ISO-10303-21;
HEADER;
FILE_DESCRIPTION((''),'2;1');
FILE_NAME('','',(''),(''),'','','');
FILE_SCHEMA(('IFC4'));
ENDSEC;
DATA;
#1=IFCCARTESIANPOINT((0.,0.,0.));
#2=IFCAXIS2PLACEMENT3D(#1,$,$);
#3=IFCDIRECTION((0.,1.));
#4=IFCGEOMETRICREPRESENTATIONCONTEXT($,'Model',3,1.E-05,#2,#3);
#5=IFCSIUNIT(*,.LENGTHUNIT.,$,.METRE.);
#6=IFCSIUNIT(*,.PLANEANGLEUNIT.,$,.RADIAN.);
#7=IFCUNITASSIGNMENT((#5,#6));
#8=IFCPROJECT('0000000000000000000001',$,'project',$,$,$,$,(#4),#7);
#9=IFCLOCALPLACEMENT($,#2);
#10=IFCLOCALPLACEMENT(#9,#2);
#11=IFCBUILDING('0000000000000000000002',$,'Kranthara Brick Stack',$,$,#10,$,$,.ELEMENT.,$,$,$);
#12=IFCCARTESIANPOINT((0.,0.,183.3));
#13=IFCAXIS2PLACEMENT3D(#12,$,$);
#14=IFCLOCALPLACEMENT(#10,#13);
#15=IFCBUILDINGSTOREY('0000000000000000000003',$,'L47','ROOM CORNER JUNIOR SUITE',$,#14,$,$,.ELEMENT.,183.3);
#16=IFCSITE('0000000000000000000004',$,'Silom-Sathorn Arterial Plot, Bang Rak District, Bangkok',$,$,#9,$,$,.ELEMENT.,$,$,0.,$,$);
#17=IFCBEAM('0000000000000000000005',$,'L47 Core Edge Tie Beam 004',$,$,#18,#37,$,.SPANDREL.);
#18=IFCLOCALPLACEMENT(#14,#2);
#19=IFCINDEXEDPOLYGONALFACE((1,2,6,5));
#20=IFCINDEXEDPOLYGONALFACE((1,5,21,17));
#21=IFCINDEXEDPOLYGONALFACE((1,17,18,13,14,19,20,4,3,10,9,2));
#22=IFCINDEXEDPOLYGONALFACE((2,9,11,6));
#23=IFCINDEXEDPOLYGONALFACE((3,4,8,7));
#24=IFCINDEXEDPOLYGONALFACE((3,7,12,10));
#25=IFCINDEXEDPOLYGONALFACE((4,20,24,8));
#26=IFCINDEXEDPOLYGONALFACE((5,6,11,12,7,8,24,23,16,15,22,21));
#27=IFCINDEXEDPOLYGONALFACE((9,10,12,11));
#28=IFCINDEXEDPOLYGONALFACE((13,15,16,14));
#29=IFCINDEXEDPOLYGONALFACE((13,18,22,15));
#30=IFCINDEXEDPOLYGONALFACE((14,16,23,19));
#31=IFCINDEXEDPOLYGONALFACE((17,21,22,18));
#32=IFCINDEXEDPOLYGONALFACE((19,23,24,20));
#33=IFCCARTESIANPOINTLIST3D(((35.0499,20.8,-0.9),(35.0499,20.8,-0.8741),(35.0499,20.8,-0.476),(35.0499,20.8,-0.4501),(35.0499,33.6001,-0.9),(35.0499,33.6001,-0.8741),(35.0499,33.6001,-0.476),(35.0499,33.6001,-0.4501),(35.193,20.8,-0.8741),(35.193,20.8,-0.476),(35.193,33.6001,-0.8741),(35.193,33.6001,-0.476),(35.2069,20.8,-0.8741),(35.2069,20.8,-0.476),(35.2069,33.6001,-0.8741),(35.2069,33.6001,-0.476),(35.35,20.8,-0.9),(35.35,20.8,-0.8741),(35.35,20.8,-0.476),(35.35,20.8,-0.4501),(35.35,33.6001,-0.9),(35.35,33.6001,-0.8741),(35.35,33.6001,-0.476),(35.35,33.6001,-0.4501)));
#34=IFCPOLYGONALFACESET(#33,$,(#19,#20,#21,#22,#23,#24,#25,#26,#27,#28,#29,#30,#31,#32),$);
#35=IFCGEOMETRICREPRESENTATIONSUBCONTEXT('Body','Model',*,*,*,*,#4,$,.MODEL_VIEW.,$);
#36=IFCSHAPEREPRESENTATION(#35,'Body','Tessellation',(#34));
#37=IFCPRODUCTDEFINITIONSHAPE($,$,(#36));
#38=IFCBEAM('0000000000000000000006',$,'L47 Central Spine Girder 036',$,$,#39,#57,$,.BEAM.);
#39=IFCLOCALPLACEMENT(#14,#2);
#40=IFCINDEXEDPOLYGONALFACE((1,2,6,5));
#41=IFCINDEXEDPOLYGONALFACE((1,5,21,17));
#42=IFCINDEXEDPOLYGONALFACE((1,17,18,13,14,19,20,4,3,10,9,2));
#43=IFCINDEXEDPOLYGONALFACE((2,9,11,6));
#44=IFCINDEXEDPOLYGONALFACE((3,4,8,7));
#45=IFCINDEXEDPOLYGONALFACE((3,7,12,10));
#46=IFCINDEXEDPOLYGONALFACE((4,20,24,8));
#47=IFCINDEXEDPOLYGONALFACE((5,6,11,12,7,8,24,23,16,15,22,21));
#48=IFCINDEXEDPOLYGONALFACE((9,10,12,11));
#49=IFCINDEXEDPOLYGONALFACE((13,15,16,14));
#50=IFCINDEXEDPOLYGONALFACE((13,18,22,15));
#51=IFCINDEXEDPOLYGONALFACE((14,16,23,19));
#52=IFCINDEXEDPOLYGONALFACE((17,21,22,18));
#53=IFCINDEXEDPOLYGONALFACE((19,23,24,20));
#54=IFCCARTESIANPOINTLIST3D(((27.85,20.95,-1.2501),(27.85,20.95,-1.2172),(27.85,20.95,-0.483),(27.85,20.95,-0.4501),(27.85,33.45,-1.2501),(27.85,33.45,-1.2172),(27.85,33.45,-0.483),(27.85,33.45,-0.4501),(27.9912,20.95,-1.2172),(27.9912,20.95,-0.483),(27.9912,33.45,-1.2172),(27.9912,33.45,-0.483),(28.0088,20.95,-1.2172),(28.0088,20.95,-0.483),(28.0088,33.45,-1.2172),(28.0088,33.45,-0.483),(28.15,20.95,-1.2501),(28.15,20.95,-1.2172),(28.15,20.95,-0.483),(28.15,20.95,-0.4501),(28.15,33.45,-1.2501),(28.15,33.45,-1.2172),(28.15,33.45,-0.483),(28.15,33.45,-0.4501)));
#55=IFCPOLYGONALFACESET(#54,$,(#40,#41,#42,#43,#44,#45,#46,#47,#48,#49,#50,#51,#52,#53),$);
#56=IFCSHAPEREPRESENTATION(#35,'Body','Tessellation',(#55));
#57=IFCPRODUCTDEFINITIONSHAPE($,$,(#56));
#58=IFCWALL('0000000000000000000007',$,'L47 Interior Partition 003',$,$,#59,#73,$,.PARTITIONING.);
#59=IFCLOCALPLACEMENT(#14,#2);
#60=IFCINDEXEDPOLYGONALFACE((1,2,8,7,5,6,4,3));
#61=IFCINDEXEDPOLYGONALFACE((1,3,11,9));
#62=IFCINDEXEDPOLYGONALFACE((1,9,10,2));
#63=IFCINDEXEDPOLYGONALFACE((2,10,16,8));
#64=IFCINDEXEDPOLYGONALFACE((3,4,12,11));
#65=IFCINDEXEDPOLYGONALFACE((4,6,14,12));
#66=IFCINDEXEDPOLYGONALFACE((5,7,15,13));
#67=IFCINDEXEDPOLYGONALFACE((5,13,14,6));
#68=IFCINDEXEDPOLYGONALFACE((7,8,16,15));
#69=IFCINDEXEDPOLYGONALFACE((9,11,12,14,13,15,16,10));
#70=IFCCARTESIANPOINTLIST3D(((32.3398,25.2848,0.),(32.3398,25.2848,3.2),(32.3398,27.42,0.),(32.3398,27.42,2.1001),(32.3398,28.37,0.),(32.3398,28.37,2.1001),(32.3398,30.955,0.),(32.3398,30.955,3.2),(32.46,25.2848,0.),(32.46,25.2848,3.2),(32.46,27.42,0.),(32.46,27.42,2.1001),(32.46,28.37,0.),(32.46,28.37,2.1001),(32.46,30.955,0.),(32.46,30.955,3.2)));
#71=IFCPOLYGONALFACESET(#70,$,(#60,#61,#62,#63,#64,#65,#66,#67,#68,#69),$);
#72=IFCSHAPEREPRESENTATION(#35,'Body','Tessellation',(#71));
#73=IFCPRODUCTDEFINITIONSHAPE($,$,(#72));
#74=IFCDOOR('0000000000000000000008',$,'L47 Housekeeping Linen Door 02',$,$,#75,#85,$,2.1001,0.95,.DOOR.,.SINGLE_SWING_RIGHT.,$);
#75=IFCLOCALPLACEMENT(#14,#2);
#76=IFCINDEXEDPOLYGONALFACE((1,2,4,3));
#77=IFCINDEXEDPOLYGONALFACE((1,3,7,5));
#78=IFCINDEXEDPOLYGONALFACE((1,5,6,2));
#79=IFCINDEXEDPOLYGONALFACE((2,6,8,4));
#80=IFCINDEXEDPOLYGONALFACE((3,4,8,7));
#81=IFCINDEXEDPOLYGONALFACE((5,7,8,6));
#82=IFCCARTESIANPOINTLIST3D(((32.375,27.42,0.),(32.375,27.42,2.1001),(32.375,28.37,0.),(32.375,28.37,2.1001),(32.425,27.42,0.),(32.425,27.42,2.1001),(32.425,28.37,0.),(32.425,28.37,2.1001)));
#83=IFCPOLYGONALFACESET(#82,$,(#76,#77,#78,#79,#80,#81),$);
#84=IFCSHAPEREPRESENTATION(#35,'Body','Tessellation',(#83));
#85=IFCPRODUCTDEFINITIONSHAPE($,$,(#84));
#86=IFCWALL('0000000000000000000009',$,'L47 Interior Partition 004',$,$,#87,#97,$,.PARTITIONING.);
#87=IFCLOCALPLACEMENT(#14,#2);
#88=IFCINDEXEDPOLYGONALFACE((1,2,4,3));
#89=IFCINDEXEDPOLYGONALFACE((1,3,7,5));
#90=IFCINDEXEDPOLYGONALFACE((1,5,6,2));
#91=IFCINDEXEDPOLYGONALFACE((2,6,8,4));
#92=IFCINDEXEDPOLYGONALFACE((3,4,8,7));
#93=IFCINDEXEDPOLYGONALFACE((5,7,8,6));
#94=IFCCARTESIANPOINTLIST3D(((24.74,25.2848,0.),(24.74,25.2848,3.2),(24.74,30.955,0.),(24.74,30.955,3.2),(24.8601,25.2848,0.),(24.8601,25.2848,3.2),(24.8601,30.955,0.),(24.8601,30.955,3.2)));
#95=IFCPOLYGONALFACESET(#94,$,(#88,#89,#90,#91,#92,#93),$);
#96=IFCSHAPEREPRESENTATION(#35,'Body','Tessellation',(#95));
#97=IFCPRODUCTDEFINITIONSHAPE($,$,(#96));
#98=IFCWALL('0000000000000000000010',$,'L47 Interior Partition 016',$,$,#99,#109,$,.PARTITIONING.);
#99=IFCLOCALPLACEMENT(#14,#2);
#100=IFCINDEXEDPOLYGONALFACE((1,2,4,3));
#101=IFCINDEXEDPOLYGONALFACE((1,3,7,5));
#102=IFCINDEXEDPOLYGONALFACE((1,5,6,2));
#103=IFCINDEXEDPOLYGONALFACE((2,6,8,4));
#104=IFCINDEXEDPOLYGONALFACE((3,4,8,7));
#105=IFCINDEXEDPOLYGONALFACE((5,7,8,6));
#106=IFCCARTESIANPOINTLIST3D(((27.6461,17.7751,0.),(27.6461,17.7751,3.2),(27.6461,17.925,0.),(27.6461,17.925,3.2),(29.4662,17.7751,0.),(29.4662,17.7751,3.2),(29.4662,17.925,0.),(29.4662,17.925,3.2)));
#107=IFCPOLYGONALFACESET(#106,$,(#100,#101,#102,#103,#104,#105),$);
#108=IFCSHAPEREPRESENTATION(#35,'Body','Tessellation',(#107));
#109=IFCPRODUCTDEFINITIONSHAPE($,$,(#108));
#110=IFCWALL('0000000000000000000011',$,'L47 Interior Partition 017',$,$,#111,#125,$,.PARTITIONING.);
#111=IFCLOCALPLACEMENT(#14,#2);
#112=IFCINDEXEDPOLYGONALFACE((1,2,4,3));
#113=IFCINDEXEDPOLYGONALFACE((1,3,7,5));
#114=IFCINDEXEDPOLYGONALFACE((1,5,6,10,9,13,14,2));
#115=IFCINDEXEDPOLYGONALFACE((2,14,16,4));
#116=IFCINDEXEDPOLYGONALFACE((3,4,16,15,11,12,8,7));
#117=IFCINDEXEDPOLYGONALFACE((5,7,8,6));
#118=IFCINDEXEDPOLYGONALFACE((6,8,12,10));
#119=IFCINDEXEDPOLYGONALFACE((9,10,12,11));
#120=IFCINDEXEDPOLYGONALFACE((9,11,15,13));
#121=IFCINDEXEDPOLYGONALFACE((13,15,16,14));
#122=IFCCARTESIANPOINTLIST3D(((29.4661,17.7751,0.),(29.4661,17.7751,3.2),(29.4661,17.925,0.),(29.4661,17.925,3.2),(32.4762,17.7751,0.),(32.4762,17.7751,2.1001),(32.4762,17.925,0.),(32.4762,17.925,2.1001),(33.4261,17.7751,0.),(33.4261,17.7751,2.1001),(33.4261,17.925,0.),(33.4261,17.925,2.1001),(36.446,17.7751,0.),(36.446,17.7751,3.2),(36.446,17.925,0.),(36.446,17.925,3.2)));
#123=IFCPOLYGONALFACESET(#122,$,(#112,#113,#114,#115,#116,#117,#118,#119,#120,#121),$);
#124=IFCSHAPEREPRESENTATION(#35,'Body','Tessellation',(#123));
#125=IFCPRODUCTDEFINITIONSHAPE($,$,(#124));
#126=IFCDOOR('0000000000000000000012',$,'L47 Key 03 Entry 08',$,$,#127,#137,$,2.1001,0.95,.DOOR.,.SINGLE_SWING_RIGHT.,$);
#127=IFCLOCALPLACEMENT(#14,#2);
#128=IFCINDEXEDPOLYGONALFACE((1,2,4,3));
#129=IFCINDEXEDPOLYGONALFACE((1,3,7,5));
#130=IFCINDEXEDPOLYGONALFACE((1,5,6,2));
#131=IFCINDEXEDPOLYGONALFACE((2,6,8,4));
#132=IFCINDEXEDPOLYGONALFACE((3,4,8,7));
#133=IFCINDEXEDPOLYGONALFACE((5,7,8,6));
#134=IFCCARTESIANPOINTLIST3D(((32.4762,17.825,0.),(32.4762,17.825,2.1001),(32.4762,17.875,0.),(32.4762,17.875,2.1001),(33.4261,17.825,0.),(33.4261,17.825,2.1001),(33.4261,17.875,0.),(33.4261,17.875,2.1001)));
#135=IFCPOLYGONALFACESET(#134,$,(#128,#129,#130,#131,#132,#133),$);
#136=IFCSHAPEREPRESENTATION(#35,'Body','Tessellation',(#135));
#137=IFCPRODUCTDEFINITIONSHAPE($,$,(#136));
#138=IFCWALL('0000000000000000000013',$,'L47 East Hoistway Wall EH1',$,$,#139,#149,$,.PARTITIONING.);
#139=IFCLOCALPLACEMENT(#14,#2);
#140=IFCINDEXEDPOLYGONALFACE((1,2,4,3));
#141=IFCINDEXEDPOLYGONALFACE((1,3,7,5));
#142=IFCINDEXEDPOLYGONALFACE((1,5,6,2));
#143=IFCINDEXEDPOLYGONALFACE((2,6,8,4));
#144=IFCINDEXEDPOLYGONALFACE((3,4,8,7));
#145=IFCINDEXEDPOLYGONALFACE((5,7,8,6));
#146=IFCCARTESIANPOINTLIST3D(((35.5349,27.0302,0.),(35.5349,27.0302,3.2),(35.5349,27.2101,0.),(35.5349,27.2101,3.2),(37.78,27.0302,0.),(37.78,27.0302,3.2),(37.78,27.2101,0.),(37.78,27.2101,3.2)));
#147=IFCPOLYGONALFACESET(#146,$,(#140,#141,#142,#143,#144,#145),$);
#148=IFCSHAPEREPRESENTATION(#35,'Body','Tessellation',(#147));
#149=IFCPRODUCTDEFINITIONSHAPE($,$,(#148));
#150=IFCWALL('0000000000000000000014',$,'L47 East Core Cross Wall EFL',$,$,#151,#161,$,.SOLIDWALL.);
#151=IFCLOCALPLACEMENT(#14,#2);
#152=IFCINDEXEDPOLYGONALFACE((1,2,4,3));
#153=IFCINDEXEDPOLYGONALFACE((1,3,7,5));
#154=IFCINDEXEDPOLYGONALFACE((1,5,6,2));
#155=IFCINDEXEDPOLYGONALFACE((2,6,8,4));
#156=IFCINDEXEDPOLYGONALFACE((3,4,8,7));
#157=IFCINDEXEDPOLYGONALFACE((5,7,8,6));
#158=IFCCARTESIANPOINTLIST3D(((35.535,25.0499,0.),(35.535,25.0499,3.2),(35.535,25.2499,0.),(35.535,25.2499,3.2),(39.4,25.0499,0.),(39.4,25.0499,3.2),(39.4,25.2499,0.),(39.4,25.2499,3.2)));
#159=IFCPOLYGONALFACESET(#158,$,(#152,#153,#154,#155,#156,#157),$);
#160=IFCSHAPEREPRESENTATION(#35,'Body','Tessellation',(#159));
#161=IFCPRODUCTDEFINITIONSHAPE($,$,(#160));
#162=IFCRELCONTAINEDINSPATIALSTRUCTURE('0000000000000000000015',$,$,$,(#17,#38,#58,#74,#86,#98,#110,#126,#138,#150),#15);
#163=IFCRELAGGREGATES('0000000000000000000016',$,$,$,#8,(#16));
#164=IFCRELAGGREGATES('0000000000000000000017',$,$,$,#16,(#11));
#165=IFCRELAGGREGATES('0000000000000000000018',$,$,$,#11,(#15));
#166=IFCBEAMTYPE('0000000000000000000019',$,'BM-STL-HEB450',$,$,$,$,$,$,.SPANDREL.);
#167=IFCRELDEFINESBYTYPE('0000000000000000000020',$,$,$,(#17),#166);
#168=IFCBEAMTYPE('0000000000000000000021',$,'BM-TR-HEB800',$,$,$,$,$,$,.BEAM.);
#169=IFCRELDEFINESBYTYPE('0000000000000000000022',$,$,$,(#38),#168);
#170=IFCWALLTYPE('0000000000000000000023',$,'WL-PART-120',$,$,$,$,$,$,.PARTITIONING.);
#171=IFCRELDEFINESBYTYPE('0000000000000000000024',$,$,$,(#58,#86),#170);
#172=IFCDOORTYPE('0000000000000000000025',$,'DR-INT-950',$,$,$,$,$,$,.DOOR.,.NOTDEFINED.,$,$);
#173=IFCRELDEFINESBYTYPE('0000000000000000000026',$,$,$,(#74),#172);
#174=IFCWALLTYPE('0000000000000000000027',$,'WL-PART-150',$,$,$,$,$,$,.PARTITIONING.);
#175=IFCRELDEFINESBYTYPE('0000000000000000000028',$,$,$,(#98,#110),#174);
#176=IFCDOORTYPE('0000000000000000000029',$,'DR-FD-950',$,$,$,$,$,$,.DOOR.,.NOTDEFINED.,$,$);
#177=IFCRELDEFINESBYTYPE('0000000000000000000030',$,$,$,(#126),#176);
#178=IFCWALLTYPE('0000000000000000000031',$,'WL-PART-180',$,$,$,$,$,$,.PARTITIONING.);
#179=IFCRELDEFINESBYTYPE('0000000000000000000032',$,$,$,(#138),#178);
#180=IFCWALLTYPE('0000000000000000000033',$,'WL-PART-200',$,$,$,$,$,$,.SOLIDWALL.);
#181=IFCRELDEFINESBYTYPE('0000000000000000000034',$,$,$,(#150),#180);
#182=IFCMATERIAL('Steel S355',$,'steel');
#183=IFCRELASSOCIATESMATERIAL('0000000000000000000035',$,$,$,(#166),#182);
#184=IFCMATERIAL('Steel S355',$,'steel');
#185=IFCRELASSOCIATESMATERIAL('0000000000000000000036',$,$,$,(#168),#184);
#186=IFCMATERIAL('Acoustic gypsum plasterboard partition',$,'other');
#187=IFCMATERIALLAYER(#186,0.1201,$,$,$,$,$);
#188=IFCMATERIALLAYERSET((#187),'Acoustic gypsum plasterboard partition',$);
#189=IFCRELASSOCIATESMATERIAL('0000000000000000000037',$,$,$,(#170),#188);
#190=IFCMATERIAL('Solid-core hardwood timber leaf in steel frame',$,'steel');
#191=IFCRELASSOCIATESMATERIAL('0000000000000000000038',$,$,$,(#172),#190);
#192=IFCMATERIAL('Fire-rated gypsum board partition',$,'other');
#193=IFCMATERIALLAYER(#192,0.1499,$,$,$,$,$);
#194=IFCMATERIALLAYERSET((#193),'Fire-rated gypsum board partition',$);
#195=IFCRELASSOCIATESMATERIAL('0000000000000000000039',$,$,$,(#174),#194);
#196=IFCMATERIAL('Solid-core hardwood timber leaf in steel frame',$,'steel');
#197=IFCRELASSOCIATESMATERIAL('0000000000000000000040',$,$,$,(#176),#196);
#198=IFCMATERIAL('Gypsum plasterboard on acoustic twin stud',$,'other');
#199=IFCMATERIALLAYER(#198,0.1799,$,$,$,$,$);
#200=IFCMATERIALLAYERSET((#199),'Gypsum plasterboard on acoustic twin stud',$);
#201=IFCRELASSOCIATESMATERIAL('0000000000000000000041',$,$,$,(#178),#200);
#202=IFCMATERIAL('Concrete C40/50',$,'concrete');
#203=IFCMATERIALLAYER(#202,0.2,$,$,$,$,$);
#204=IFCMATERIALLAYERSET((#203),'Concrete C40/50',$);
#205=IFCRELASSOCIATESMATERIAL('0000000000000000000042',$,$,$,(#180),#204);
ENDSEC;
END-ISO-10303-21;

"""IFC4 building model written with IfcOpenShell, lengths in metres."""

from ifc_helpers import new_model, si_unit, direction, frame, frame_2d, origin, origin_2d, place, context, subcontext, project, spatial, rectangle, i_section, extrude, material, layer, layer_set, material_profile, profile_set, type_object, element, fill, save


model = new_model("IFC4")

# Units and contexts
model_context = context("Model", 3, precision=1e-05, world=origin(), true_north=direction((0.0, 1.0)))
body_context = subcontext(model_context, "Body", "Model", "MODEL_VIEW")
ifc_project = project(units=[si_unit("LENGTHUNIT", "METRE"), si_unit("PLANEANGLEUNIT", "RADIAN")], contexts=[model_context])

# Site, building, storey
site_placement = place(None, origin())
site = spatial("IfcSite", under=ifc_project, at=site_placement, Name="Silom-Sathorn Arterial Plot, Bang Rak District, Bangkok", CompositionType="ELEMENT", RefElevation=0.0)
building_placement = place(site_placement, origin())
building = spatial("IfcBuilding", under=site, at=building_placement, Name="Kranthara Brick Stack", CompositionType="ELEMENT")
storey_placement = place(building_placement, frame((0.0, 0.0, 183.3)))
storey = spatial("IfcBuildingStorey", under=building, at=storey_placement, Name="L47", Description="ROOM CORNER JUNIOR SUITE", CompositionType="ELEMENT", Elevation=183.3)

# Beams
ifc_material_1 = material(Name="Steel S355", Category="steel")
ifc_material_profile_1 = material_profile(ifc_material_1, i_section(OverallWidth=0.3, OverallDepth=0.45, WebThickness=0.0139, FlangeThickness=0.0259, at=origin_2d()), Name="HEB 450")
ifc_profile_set_1 = profile_set([ifc_material_profile_1], Name="Steel S355")
beam_type_1 = type_object("IfcBeamType", Name="BM-STL-HEB450", PredefinedType="SPANDREL", material=ifc_profile_set_1)
beam_1_placement = place(storey_placement, frame((35.2, 20.8, -0.675), z_axis=(0.0, 1.0, 0.0), x_axis=(-1.0, 0.0, 0.0)))
element("IfcBeam", 1, at=beam_1_placement, inside=storey, type_object=beam_type_1, Name="L47 Core Edge Tie Beam 004", PredefinedType="SPANDREL", context=body_context, shape_type="SweptSolid", body=[
    extrude(i_section(OverallWidth=0.3, OverallDepth=0.45, WebThickness=0.0139, FlangeThickness=0.0259, at=origin_2d()), origin(), (0.0, 0.0, 1.0), 12.8),
])
ifc_material_2 = material(Name="Steel S355", Category="steel")
ifc_material_profile_2 = material_profile(ifc_material_2, i_section(OverallWidth=0.3, OverallDepth=0.8, WebThickness=0.0176, FlangeThickness=0.033, at=origin_2d()), Name="HEB 800")
ifc_profile_set_2 = profile_set([ifc_material_profile_2], Name="Steel S355")
beam_type_2 = type_object("IfcBeamType", Name="BM-TR-HEB800", PredefinedType="BEAM", material=ifc_profile_set_2)
beam_2_placement = place(storey_placement, frame((28.0, 20.95, -0.8501), z_axis=(0.0, 1.0, 0.0), x_axis=(-1.0, 0.0, 0.0)))
element("IfcBeam", 2, at=beam_2_placement, inside=storey, type_object=beam_type_2, Name="L47 Central Spine Girder 036", PredefinedType="BEAM", context=body_context, shape_type="SweptSolid", body=[
    extrude(i_section(OverallWidth=0.3, OverallDepth=0.8, WebThickness=0.0176, FlangeThickness=0.033, at=origin_2d()), origin(), (0.0, 0.0, 1.0), 12.5),
])

# Wall, opening, door
ifc_material_3 = material(Name="Acoustic gypsum plasterboard partition", Category="other")
ifc_layer_1 = layer(ifc_material_3, 0.1201)
ifc_layer_set_1 = layer_set([ifc_layer_1], Name="Acoustic gypsum plasterboard partition")
wall_type_1 = type_object("IfcWallType", Name="WL-PART-120", PredefinedType="PARTITIONING", material=ifc_layer_set_1)
wall_1_placement = place(storey_placement, frame((32.3999, 25.2849, 0.0), z_axis=(0.0, 0.0, 1.0), x_axis=(0.0, 1.0, 0.0)))
wall_1 = element("IfcWall", 3, at=wall_1_placement, inside=storey, type_object=wall_type_1, Name="L47 Interior Partition 003", PredefinedType="PARTITIONING", context=body_context, shape_type="SweptSolid", body=[
    extrude(rectangle(XDim=5.6702, YDim=0.1201, at=frame_2d((2.835, 0.0))), origin(), (0.0, 0.0, 1.0), 3.2),
])
opening_1_placement = place(wall_1_placement, frame((2.135, 0.0, 0.0)))
opening_1 = element("IfcOpeningElement", 4, at=opening_1_placement, cuts=wall_1, PredefinedType="OPENING", context=body_context, shape_type="SweptSolid", body=[
    extrude(rectangle(XDim=0.95, YDim=2.1001, at=frame_2d((0.4751, 1.05))), frame((0.0, 0.0701, 0.0), z_axis=(0.0, -1.0, 0.0), x_axis=(1.0, 0.0, 0.0)), (0.0, 0.0, 1.0), 0.1401),
])
ifc_material_4 = material(Name="Solid-core hardwood timber leaf in steel frame", Category="steel")
door_type_1 = type_object("IfcDoorType", Name="DR-INT-950", OperationType="NOTDEFINED", PredefinedType="DOOR", material=ifc_material_4)
door_1_placement = place(opening_1_placement, origin())
door_1 = element("IfcDoor", 5, at=door_1_placement, inside=storey, type_object=door_type_1, Name="L47 Housekeeping Linen Door 02", OperationType="SINGLE_SWING_RIGHT", OverallHeight=2.1001, OverallWidth=0.95, PredefinedType="DOOR", context=body_context, shape_type="SweptSolid", body=[
    extrude(rectangle(XDim=0.95, YDim=2.1001, at=frame_2d((0.4751, 1.05))), frame((0.0, 0.0249, 0.0), z_axis=(0.0, -1.0, 0.0), x_axis=(1.0, 0.0, 0.0)), (0.0, 0.0, 1.0), 0.05),
])
fill(opening_1, door_1)

# Walls
wall_2_placement = place(storey_placement, frame((24.8, 25.2849, 0.0), z_axis=(0.0, 0.0, 1.0), x_axis=(0.0, 1.0, 0.0)))
element("IfcWall", 6, at=wall_2_placement, inside=storey, type_object=wall_type_1, Name="L47 Interior Partition 004", PredefinedType="PARTITIONING", context=body_context, shape_type="SweptSolid", body=[
    extrude(rectangle(XDim=5.6702, YDim=0.1201, at=frame_2d((2.835, 0.0))), origin(), (0.0, 0.0, 1.0), 3.2),
])
ifc_material_5 = material(Name="Fire-rated gypsum board partition", Category="other")
ifc_layer_2 = layer(ifc_material_5, 0.1499)
ifc_layer_set_2 = layer_set([ifc_layer_2], Name="Fire-rated gypsum board partition")
wall_type_2 = type_object("IfcWallType", Name="WL-PART-150", PredefinedType="PARTITIONING", material=ifc_layer_set_2)
wall_3_placement = place(storey_placement, frame((27.646, 17.8501, 0.0), z_axis=(0.0, 0.0, 1.0), x_axis=(1.0, 0.0, 0.0)))
element("IfcWall", 7, at=wall_3_placement, inside=storey, type_object=wall_type_2, Name="L47 Interior Partition 016", PredefinedType="PARTITIONING", context=body_context, shape_type="SweptSolid", body=[
    extrude(rectangle(XDim=1.8201, YDim=0.1499, at=frame_2d((0.9102, 0.0))), origin(), (0.0, 0.0, 1.0), 3.2),
])

# Wall, opening, door
wall_4_placement = place(storey_placement, frame((29.4661, 17.8501, 0.0), z_axis=(0.0, 0.0, 1.0), x_axis=(1.0, 0.0, 0.0)))
wall_4 = element("IfcWall", 8, at=wall_4_placement, inside=storey, type_object=wall_type_2, Name="L47 Interior Partition 017", PredefinedType="PARTITIONING", context=body_context, shape_type="SweptSolid", body=[
    extrude(rectangle(XDim=6.98, YDim=0.1499, at=frame_2d((3.49, 0.0))), origin(), (0.0, 0.0, 1.0), 3.2),
])
opening_2_placement = place(wall_4_placement, frame((3.01, 0.0, 0.0)))
opening_2 = element("IfcOpeningElement", 9, at=opening_2_placement, cuts=wall_4, PredefinedType="OPENING", context=body_context, shape_type="SweptSolid", body=[
    extrude(rectangle(XDim=0.95, YDim=2.1001, at=frame_2d((0.4751, 1.05))), frame((0.0, 0.085, 0.0), z_axis=(0.0, -1.0, 0.0), x_axis=(1.0, 0.0, 0.0)), (0.0, 0.0, 1.0), 0.1699),
])
ifc_material_6 = material(Name="Solid-core hardwood timber leaf in steel frame", Category="steel")
door_type_2 = type_object("IfcDoorType", Name="DR-FD-950", OperationType="NOTDEFINED", PredefinedType="DOOR", material=ifc_material_6)
door_2_placement = place(opening_2_placement, origin())
door_2 = element("IfcDoor", 10, at=door_2_placement, inside=storey, type_object=door_type_2, Name="L47 Key 03 Entry 08", OperationType="SINGLE_SWING_RIGHT", OverallHeight=2.1001, OverallWidth=0.95, PredefinedType="DOOR", context=body_context, shape_type="SweptSolid", body=[
    extrude(rectangle(XDim=0.95, YDim=2.1001, at=frame_2d((0.4751, 1.05))), frame((0.0, 0.0249, 0.0), z_axis=(0.0, -1.0, 0.0), x_axis=(1.0, 0.0, 0.0)), (0.0, 0.0, 1.0), 0.05),
])
fill(opening_2, door_2)

# Walls
ifc_material_7 = material(Name="Gypsum plasterboard on acoustic twin stud", Category="other")
ifc_layer_3 = layer(ifc_material_7, 0.1799)
ifc_layer_set_3 = layer_set([ifc_layer_3], Name="Gypsum plasterboard on acoustic twin stud")
wall_type_3 = type_object("IfcWallType", Name="WL-PART-180", PredefinedType="PARTITIONING", material=ifc_layer_set_3)
wall_5_placement = place(storey_placement, frame((35.5349, 27.1201, 0.0), z_axis=(0.0, 0.0, 1.0), x_axis=(1.0, 0.0, 0.0)))
element("IfcWall", 11, at=wall_5_placement, inside=storey, type_object=wall_type_3, Name="L47 East Hoistway Wall EH1", PredefinedType="PARTITIONING", context=body_context, shape_type="SweptSolid", body=[
    extrude(rectangle(XDim=2.2451, YDim=0.1799, at=frame_2d((1.1226, 0.0))), origin(), (0.0, 0.0, 1.0), 3.2),
])
ifc_material_8 = material(Name="Concrete C40/50", Category="concrete")
ifc_layer_4 = layer(ifc_material_8, 0.2)
ifc_layer_set_4 = layer_set([ifc_layer_4], Name="Concrete C40/50")
wall_type_4 = type_object("IfcWallType", Name="WL-PART-200", PredefinedType="SOLIDWALL", material=ifc_layer_set_4)
wall_6_placement = place(storey_placement, frame((35.5349, 25.1499, 0.0), z_axis=(0.0, 0.0, 1.0), x_axis=(1.0, 0.0, 0.0)))
element("IfcWall", 12, at=wall_6_placement, inside=storey, type_object=wall_type_4, Name="L47 East Core Cross Wall EFL", PredefinedType="SOLIDWALL", context=body_context, shape_type="SweptSolid", body=[
    extrude(rectangle(XDim=3.865, YDim=0.2, at=frame_2d((1.9326, 0.0))), origin(), (0.0, 0.0, 1.0), 3.2),
])

save(model, "model.ifc")
